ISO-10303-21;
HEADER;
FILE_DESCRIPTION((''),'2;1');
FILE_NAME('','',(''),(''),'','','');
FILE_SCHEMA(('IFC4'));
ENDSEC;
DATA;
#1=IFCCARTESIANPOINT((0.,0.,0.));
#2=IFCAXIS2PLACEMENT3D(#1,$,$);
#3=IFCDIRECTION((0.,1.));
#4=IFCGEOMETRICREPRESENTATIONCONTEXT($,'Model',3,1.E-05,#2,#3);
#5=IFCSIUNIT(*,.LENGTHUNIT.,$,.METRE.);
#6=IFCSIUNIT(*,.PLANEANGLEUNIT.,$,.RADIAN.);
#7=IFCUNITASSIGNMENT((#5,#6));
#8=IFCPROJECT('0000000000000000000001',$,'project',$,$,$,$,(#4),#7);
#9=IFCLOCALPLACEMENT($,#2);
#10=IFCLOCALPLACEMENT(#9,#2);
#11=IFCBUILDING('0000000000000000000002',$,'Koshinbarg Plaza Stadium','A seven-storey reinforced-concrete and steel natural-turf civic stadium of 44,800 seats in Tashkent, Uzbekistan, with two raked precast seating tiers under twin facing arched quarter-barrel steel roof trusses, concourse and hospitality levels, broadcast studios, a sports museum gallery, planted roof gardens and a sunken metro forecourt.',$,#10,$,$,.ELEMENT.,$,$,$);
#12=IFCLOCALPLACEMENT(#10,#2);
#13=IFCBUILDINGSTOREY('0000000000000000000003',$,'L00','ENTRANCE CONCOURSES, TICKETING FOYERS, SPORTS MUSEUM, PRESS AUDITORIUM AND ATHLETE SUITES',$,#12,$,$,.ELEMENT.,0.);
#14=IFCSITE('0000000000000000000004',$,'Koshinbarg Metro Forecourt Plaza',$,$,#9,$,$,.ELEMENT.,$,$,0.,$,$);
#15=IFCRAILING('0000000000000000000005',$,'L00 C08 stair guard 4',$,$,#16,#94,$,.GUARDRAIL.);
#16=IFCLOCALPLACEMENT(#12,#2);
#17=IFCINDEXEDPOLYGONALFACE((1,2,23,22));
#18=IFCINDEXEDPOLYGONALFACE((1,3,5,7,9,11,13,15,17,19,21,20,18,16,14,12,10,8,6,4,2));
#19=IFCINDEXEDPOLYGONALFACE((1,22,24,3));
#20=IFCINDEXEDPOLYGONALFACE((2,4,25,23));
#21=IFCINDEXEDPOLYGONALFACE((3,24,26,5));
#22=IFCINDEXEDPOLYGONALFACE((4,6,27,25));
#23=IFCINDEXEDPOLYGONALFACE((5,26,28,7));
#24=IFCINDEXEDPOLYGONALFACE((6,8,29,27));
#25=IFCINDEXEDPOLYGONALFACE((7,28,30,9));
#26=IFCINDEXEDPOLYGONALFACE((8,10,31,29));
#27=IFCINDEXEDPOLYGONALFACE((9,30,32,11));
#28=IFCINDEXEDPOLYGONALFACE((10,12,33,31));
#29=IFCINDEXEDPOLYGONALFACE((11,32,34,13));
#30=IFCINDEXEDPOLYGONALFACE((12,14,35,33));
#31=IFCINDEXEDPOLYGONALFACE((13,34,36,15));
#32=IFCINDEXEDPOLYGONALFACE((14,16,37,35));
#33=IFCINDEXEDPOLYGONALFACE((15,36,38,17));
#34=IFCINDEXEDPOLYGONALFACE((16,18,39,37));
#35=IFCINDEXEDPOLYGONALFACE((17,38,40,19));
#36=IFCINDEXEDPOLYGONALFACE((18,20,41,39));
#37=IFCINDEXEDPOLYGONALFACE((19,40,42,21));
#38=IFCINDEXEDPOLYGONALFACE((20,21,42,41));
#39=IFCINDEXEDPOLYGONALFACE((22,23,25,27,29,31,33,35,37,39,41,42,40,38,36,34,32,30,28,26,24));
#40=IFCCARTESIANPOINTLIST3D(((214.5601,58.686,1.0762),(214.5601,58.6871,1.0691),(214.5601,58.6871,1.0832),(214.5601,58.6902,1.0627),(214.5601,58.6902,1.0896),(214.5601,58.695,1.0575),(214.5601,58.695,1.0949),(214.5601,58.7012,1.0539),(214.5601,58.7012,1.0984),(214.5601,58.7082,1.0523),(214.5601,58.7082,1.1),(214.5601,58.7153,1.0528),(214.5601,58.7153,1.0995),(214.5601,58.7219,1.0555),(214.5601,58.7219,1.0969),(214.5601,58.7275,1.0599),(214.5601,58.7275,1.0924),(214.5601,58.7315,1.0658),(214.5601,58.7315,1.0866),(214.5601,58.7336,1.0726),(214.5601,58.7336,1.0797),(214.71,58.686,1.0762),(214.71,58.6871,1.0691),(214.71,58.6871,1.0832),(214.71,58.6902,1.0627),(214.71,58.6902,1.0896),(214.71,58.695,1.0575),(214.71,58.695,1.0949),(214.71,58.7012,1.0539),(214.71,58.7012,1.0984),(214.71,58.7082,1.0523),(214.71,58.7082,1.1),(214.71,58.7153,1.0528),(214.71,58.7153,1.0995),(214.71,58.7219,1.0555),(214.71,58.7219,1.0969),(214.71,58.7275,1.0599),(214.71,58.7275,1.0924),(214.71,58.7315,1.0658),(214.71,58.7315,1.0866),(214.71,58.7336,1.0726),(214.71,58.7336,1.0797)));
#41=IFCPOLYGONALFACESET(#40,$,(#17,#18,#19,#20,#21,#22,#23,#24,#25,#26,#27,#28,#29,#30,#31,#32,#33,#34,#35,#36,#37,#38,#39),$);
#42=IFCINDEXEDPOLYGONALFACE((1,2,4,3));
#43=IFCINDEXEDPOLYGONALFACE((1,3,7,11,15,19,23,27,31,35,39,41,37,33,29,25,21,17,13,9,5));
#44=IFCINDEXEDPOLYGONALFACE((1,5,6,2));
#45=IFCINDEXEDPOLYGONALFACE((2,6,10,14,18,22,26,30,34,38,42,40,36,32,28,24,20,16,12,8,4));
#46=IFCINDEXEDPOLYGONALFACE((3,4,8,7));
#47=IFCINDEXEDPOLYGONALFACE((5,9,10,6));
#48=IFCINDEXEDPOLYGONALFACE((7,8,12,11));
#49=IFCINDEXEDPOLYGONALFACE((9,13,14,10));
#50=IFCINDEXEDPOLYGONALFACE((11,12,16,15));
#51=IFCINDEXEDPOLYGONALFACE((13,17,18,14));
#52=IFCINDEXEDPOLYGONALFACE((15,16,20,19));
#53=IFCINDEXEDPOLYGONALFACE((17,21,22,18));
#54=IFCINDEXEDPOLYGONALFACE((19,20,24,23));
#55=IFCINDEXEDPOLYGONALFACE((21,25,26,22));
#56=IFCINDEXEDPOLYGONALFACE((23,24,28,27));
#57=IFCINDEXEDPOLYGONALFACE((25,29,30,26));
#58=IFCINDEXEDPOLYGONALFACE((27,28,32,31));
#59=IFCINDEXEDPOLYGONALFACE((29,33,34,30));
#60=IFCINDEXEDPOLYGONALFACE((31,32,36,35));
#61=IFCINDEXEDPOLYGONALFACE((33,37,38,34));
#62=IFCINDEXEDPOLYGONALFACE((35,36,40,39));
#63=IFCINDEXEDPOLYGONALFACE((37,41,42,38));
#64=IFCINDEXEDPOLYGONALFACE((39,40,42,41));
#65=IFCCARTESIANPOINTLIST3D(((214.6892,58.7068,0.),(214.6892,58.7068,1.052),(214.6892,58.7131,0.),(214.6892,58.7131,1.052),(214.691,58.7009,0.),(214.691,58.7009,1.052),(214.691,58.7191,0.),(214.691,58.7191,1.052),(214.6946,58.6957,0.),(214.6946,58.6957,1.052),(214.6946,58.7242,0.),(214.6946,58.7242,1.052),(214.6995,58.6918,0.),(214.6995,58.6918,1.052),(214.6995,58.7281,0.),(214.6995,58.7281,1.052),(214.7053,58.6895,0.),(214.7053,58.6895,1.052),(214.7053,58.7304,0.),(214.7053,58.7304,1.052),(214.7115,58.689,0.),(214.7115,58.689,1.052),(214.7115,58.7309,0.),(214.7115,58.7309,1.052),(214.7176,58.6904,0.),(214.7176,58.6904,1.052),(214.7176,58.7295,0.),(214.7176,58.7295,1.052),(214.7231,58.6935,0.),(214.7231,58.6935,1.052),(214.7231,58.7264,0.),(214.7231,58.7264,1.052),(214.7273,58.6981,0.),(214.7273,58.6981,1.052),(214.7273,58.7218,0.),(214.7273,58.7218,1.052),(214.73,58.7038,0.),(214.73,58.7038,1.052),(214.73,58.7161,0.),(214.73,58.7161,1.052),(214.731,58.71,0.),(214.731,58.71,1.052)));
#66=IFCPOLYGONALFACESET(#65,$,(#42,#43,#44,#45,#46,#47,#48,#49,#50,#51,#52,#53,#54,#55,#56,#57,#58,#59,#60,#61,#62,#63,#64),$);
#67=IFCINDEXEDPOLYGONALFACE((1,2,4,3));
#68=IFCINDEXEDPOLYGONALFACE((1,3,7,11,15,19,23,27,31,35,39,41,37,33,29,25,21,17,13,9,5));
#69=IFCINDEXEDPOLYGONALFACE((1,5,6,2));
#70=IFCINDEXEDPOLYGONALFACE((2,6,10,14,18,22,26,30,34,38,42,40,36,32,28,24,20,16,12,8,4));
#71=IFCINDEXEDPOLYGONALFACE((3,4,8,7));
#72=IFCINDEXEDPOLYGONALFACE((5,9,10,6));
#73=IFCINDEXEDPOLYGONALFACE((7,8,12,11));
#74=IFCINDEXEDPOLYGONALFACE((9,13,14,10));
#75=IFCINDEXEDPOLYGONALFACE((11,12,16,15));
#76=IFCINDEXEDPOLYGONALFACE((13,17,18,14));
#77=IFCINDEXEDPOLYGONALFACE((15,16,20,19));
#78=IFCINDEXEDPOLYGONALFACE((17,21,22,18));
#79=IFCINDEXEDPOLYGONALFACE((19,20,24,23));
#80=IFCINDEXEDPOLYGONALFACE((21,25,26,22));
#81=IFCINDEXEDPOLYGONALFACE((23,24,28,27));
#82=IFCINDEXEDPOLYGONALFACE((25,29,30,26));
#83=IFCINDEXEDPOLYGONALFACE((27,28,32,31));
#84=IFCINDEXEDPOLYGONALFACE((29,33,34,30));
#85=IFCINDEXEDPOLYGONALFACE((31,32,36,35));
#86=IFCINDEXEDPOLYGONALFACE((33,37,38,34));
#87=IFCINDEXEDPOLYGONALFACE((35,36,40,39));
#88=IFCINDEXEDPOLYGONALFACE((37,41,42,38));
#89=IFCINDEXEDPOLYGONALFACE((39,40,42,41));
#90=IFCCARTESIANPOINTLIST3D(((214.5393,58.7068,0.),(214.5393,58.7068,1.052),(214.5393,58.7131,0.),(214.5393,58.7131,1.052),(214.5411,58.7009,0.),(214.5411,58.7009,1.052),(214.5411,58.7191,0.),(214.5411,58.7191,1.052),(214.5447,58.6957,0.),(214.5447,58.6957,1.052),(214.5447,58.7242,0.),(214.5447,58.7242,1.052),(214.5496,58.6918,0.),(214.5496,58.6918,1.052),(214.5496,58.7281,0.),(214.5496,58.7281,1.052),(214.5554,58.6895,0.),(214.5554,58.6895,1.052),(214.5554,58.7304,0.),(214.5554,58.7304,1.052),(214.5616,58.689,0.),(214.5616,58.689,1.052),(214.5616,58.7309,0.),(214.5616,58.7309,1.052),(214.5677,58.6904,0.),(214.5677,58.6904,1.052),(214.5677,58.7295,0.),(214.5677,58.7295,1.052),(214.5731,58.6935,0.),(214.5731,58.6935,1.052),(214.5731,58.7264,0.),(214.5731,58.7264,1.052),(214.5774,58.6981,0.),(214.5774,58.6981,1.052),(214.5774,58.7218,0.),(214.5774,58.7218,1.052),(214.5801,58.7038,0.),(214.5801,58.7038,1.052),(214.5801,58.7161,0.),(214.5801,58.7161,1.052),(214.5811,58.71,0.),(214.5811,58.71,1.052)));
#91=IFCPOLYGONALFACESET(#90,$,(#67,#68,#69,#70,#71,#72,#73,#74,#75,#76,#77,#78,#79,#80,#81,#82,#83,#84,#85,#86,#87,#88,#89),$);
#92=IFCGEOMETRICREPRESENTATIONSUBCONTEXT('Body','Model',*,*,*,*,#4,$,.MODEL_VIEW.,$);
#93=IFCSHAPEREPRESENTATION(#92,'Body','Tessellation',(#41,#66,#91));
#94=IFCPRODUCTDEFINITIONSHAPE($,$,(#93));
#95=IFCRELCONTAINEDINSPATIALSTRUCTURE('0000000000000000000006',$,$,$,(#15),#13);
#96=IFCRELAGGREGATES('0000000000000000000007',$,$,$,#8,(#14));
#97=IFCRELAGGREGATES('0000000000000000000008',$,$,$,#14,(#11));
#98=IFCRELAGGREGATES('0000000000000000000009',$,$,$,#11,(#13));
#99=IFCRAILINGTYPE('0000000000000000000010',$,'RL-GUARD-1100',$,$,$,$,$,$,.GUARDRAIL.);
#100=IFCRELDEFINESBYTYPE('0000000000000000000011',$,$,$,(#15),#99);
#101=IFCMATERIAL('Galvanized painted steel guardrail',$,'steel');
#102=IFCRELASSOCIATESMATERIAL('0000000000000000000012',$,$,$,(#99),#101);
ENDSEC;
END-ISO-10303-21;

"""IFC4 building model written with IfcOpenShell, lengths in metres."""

from ifc_helpers import new_model, si_unit, direction, frame, origin, origin_2d, place, context, subcontext, project, spatial, circle, extrude, material, type_object, element, save


model = new_model("IFC4")

# Units and contexts
model_context = context("Model", 3, precision=1e-05, world=origin(), true_north=direction((0.0, 1.0)))
body_context = subcontext(model_context, "Body", "Model", "MODEL_VIEW")
ifc_project = project(units=[si_unit("LENGTHUNIT", "METRE"), si_unit("PLANEANGLEUNIT", "RADIAN")], contexts=[model_context])

# Site, building, storey
site_placement = place(None, origin())
site = spatial("IfcSite", under=ifc_project, at=site_placement, Name="Koshinbarg Metro Forecourt Plaza", CompositionType="ELEMENT", RefElevation=0.0)
building_placement = place(site_placement, origin())
building = spatial("IfcBuilding", under=site, at=building_placement, Name="Koshinbarg Plaza Stadium", Description="A seven-storey reinforced-concrete and steel natural-turf civic stadium of 44,800 seats in Tashkent, Uzbekistan, with two raked precast seating tiers under twin facing arched quarter-barrel steel roof trusses, concourse and hospitality levels, broadcast studios, a sports museum gallery, planted roof gardens and a sunken metro forecourt.", CompositionType="ELEMENT")
storey_placement = place(building_placement, origin())
storey = spatial("IfcBuildingStorey", under=building, at=storey_placement, Name="L00", Description="ENTRANCE CONCOURSES, TICKETING FOYERS, SPORTS MUSEUM, PRESS AUDITORIUM AND ATHLETE SUITES", CompositionType="ELEMENT", Elevation=0.0)

# Railing
ifc_material_1 = material(Name="Galvanized painted steel guardrail", Category="steel")
railing_type_1 = type_object("IfcRailingType", Name="RL-GUARD-1100", PredefinedType="GUARDRAIL", material=ifc_material_1)
railing_1_placement = place(storey_placement, frame((214.71, 58.71, 0.0)))
element("IfcRailing", 1, at=railing_1_placement, inside=storey, type_object=railing_type_1, Name="L00 C08 stair guard 4", PredefinedType="GUARDRAIL", context=body_context, shape_type="SweptSolid", body=[
    extrude(circle(Radius=0.0239, at=origin_2d()), frame((0.0, 0.0, 1.0762), z_axis=(-1.0, 0.0, 0.0), x_axis=(0.0, -1.0, 0.0)), (0.0, 0.0, 1.0), 0.1499),
    extrude(circle(Radius=0.021, at=origin_2d()), origin(), (0.0, 0.0, 1.0), 1.052),
    extrude(circle(Radius=0.021, at=origin_2d()), frame((-0.1499, 0.0, 0.0)), (0.0, 0.0, 1.0), 1.052),
])

save(model, "model.ifc")
